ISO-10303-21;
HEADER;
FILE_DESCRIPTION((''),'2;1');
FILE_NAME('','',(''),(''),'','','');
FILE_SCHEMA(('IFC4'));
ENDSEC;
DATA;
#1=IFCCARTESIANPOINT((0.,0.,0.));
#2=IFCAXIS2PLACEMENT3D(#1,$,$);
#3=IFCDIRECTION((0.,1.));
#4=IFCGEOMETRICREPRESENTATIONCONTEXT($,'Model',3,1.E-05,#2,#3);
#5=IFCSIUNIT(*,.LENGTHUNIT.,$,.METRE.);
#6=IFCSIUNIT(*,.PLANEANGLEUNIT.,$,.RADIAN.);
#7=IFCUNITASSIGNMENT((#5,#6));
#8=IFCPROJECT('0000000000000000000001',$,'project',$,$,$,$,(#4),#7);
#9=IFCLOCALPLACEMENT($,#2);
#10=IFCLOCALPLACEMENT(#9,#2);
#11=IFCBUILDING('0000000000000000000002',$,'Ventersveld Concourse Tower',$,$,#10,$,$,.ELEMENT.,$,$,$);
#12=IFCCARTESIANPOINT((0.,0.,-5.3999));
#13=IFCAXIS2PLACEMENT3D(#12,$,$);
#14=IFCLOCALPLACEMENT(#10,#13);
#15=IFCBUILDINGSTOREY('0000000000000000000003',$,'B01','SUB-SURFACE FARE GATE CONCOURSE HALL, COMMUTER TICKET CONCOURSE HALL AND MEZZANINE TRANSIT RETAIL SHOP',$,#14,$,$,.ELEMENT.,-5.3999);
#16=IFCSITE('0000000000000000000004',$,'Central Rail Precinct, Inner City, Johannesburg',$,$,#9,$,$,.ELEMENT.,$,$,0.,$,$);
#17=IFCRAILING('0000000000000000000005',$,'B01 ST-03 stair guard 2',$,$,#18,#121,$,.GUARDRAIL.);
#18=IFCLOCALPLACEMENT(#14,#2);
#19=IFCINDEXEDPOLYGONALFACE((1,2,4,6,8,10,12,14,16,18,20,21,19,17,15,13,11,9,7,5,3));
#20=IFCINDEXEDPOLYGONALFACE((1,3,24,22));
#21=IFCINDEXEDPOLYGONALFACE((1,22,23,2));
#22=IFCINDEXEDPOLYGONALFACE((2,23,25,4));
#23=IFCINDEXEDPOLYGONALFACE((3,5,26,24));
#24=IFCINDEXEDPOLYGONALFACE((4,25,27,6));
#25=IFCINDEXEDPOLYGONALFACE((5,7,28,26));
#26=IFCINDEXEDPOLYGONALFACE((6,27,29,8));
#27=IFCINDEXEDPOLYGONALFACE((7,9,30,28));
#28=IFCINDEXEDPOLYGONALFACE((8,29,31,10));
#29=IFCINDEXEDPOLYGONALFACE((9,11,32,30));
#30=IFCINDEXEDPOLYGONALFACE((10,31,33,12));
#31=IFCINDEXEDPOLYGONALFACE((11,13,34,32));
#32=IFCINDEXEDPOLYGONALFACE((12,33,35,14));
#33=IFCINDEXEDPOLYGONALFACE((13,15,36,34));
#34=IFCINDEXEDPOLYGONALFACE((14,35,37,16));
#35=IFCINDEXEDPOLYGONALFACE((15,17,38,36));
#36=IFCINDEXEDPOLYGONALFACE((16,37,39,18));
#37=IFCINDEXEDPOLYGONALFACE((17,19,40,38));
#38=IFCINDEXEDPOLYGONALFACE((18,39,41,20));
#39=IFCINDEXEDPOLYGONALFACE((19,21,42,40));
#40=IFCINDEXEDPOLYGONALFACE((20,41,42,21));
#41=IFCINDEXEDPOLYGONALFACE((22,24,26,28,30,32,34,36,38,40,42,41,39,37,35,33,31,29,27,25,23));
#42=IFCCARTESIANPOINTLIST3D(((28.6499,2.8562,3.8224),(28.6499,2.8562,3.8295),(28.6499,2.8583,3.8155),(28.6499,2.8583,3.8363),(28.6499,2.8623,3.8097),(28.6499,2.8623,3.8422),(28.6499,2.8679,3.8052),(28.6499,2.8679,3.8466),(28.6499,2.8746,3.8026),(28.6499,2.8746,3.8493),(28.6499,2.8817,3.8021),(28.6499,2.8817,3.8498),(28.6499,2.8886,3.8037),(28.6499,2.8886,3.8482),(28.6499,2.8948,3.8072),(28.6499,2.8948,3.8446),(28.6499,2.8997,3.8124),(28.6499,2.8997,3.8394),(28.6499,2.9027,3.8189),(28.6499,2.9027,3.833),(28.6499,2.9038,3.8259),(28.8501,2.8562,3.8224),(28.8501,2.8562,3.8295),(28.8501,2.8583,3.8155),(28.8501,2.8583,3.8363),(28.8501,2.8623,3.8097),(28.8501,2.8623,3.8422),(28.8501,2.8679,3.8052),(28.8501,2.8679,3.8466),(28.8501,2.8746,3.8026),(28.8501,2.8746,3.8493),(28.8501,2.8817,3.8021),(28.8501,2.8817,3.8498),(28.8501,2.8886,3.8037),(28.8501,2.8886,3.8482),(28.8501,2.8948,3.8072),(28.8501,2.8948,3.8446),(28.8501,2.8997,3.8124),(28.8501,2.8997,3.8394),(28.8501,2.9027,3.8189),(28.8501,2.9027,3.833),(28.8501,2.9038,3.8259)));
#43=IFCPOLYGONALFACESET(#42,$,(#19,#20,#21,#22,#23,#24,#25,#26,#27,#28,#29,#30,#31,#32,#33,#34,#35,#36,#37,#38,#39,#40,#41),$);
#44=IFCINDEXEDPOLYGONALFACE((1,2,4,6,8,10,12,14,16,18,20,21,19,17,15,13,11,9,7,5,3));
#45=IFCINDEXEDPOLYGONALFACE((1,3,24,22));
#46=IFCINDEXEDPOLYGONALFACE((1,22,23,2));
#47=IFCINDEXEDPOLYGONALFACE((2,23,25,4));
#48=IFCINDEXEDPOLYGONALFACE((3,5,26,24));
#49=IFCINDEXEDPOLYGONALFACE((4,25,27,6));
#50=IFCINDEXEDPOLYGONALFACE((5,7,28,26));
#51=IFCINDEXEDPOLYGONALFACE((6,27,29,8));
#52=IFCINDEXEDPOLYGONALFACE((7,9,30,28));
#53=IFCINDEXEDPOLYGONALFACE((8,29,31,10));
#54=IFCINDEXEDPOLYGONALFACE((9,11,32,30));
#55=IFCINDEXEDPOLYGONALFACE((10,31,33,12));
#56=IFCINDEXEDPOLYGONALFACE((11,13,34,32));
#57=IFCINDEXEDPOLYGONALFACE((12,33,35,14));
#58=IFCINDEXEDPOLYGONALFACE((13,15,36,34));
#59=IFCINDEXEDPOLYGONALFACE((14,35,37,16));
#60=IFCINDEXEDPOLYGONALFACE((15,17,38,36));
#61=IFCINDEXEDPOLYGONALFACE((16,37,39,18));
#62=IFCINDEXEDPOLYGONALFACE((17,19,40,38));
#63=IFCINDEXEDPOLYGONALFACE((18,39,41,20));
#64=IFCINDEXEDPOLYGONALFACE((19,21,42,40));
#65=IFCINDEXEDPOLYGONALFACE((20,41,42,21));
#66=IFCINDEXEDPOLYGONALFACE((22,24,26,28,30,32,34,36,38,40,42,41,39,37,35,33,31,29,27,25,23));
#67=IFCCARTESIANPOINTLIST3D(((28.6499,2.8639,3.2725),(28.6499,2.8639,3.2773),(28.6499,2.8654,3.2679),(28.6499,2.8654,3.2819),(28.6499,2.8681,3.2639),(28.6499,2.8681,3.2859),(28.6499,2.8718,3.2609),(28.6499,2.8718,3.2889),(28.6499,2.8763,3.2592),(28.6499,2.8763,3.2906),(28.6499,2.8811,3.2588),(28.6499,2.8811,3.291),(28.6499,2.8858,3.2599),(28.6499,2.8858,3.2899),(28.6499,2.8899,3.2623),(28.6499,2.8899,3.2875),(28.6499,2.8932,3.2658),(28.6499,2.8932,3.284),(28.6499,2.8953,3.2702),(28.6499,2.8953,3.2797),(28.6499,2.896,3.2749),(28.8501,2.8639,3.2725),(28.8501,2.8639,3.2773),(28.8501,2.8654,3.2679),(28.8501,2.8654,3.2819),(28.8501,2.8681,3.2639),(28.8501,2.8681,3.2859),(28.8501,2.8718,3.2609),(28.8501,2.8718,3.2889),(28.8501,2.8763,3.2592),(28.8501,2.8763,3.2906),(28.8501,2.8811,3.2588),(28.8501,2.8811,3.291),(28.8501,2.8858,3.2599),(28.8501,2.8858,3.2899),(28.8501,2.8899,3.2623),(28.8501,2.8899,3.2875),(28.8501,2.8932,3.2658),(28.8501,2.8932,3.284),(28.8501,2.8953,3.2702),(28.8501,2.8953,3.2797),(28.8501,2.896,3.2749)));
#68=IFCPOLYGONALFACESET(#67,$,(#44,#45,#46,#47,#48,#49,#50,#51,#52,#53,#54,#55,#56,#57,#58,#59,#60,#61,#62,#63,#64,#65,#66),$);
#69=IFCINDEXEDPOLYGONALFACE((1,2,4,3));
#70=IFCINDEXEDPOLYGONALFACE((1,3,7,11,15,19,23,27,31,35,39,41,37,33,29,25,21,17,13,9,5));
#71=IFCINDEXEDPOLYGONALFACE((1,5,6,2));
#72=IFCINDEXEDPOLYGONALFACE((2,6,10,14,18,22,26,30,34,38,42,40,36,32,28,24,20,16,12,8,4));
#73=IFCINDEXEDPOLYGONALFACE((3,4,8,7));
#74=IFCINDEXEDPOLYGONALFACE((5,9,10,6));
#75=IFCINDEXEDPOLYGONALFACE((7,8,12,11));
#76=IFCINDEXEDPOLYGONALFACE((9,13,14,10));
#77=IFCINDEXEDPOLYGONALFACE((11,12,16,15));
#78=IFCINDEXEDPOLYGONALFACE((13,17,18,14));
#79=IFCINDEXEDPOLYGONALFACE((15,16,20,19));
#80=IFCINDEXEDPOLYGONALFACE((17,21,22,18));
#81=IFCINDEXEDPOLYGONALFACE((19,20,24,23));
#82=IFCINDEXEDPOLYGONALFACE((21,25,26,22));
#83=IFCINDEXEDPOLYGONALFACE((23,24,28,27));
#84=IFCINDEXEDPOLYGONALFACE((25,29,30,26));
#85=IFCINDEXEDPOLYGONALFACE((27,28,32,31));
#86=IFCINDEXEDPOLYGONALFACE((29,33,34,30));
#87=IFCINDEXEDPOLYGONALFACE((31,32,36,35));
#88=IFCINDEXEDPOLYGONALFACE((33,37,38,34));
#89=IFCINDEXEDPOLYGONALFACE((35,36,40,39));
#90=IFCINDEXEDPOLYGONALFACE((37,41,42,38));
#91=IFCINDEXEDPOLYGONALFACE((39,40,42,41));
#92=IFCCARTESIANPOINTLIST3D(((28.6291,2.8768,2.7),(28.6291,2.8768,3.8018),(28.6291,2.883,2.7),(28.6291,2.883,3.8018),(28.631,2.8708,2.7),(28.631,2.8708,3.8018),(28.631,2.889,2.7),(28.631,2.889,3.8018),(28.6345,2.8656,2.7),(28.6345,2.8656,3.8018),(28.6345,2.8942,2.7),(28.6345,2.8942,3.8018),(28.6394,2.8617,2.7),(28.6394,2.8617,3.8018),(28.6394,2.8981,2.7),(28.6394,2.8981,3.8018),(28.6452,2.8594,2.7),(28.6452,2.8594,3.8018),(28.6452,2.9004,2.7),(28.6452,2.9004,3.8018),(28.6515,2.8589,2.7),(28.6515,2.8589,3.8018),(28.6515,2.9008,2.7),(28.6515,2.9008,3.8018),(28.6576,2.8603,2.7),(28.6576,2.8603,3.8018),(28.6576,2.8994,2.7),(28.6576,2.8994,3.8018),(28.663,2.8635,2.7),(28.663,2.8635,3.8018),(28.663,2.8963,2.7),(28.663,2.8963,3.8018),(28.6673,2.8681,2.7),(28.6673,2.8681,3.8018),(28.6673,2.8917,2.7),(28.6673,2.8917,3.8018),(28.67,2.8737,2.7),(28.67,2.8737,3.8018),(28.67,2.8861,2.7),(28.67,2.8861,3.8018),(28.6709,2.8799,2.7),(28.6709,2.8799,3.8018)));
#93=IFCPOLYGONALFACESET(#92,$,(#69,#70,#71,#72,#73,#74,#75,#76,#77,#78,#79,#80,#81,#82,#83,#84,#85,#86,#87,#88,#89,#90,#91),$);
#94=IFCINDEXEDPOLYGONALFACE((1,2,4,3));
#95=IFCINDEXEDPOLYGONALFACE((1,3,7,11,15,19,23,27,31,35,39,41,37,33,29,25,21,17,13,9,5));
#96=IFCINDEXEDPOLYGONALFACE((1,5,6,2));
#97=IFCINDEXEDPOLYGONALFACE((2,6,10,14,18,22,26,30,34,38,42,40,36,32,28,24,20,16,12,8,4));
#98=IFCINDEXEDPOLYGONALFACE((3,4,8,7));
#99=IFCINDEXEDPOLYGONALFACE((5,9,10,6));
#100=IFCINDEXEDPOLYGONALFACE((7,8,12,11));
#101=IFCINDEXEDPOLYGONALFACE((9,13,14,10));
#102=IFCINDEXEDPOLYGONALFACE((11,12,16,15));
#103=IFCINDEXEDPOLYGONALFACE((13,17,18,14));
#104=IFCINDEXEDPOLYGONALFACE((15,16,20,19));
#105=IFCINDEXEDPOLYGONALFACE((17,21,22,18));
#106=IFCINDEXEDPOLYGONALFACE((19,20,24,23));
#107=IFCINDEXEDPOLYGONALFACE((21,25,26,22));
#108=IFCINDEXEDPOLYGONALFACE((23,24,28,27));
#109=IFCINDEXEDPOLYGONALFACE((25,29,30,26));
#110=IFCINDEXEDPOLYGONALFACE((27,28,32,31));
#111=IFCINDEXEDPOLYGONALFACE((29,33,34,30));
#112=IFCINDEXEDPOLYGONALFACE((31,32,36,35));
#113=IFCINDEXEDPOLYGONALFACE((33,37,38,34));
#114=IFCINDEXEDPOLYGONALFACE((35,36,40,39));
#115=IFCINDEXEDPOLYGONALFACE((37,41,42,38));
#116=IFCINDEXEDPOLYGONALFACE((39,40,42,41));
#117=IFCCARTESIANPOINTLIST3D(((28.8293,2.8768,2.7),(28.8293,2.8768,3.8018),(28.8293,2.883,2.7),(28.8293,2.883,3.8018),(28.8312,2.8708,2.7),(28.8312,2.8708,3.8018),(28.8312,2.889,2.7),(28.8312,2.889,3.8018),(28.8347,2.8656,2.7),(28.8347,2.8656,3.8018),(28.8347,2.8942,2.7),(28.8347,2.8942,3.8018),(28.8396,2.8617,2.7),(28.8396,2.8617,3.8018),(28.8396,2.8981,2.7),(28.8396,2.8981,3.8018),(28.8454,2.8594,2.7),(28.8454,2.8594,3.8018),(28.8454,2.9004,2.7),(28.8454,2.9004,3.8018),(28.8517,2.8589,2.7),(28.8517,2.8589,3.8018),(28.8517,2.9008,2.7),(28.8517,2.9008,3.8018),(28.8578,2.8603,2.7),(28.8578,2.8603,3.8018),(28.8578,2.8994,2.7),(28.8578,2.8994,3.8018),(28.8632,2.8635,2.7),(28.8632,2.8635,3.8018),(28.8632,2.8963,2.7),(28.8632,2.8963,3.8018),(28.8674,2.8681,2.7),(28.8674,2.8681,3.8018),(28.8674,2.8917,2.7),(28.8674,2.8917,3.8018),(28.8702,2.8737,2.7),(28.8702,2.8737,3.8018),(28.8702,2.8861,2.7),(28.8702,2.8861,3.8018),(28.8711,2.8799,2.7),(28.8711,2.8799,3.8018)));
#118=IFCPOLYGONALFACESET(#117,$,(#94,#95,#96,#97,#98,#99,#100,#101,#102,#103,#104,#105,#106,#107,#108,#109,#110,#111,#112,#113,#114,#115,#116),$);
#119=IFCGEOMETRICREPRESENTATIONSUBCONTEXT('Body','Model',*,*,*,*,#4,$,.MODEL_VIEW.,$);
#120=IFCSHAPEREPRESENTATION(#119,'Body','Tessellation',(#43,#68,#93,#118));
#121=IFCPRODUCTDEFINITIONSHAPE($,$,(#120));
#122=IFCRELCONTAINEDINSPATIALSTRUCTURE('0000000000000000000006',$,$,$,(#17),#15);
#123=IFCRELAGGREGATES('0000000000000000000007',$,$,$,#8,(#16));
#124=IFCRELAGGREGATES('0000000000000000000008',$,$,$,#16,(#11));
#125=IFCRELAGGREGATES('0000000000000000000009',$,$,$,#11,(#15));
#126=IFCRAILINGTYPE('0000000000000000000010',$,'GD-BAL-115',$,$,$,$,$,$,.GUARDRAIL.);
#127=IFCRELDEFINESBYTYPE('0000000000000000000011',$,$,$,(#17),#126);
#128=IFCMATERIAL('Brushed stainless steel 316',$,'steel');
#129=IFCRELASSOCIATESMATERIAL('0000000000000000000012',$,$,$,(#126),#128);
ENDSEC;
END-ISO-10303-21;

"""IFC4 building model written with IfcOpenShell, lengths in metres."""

from ifc_helpers import new_model, si_unit, direction, frame, origin, origin_2d, place, context, subcontext, project, spatial, circle, extrude, material, type_object, element, save


model = new_model("IFC4")

# Units and contexts
model_context = context("Model", 3, precision=1e-05, world=origin(), true_north=direction((0.0, 1.0)))
body_context = subcontext(model_context, "Body", "Model", "MODEL_VIEW")
ifc_project = project(units=[si_unit("LENGTHUNIT", "METRE"), si_unit("PLANEANGLEUNIT", "RADIAN")], contexts=[model_context])

# Site, building, storey
site_placement = place(None, origin())
site = spatial("IfcSite", under=ifc_project, at=site_placement, Name="Central Rail Precinct, Inner City, Johannesburg", CompositionType="ELEMENT", RefElevation=0.0)
building_placement = place(site_placement, origin())
building = spatial("IfcBuilding", under=site, at=building_placement, Name="Ventersveld Concourse Tower", CompositionType="ELEMENT")
storey_placement = place(building_placement, frame((0.0, 0.0, -5.3999)))
storey = spatial("IfcBuildingStorey", under=building, at=storey_placement, Name="B01", Description="SUB-SURFACE FARE GATE CONCOURSE HALL, COMMUTER TICKET CONCOURSE HALL AND MEZZANINE TRANSIT RETAIL SHOP", CompositionType="ELEMENT", Elevation=-5.3999)

# Shared definitions
ifc_material_1 = material(Name="Brushed stainless steel 316", Category="steel")

# Railing
railing_type_1 = type_object("IfcRailingType", Name="GD-BAL-115", PredefinedType="GUARDRAIL", material=ifc_material_1)
for number, where, name in (
    (1, (28.6499, 2.8799, 2.7), "B01 ST-03 stair guard 2"),
):
    element("IfcRailing", number, at=place(storey_placement, frame(where)), inside=storey, type_object=railing_type_1, Name=name, PredefinedType="GUARDRAIL", context=body_context, shape_type="SweptSolid", body=[
        extrude(circle(Radius=0.0239, at=origin_2d()), frame((0.0, 0.0, 1.126), z_axis=(1.0, 0.0, 0.0), x_axis=(0.0, 1.0, 0.0)), (0.0, 0.0, 1.0), 0.2002),
        extrude(circle(Radius=0.0161, at=origin_2d()), frame((0.0, 0.0, 0.575), z_axis=(1.0, 0.0, 0.0), x_axis=(0.0, 1.0, 0.0)), (0.0, 0.0, 1.0), 0.2002),
        extrude(circle(Radius=0.021, at=origin_2d()), origin(), (0.0, 0.0, 1.0), 1.1018),
        extrude(circle(Radius=0.021, at=origin_2d()), frame((0.2002, 0.0, 0.0)), (0.0, 0.0, 1.0), 1.1018),
    ])

save(model, "model.ifc")
